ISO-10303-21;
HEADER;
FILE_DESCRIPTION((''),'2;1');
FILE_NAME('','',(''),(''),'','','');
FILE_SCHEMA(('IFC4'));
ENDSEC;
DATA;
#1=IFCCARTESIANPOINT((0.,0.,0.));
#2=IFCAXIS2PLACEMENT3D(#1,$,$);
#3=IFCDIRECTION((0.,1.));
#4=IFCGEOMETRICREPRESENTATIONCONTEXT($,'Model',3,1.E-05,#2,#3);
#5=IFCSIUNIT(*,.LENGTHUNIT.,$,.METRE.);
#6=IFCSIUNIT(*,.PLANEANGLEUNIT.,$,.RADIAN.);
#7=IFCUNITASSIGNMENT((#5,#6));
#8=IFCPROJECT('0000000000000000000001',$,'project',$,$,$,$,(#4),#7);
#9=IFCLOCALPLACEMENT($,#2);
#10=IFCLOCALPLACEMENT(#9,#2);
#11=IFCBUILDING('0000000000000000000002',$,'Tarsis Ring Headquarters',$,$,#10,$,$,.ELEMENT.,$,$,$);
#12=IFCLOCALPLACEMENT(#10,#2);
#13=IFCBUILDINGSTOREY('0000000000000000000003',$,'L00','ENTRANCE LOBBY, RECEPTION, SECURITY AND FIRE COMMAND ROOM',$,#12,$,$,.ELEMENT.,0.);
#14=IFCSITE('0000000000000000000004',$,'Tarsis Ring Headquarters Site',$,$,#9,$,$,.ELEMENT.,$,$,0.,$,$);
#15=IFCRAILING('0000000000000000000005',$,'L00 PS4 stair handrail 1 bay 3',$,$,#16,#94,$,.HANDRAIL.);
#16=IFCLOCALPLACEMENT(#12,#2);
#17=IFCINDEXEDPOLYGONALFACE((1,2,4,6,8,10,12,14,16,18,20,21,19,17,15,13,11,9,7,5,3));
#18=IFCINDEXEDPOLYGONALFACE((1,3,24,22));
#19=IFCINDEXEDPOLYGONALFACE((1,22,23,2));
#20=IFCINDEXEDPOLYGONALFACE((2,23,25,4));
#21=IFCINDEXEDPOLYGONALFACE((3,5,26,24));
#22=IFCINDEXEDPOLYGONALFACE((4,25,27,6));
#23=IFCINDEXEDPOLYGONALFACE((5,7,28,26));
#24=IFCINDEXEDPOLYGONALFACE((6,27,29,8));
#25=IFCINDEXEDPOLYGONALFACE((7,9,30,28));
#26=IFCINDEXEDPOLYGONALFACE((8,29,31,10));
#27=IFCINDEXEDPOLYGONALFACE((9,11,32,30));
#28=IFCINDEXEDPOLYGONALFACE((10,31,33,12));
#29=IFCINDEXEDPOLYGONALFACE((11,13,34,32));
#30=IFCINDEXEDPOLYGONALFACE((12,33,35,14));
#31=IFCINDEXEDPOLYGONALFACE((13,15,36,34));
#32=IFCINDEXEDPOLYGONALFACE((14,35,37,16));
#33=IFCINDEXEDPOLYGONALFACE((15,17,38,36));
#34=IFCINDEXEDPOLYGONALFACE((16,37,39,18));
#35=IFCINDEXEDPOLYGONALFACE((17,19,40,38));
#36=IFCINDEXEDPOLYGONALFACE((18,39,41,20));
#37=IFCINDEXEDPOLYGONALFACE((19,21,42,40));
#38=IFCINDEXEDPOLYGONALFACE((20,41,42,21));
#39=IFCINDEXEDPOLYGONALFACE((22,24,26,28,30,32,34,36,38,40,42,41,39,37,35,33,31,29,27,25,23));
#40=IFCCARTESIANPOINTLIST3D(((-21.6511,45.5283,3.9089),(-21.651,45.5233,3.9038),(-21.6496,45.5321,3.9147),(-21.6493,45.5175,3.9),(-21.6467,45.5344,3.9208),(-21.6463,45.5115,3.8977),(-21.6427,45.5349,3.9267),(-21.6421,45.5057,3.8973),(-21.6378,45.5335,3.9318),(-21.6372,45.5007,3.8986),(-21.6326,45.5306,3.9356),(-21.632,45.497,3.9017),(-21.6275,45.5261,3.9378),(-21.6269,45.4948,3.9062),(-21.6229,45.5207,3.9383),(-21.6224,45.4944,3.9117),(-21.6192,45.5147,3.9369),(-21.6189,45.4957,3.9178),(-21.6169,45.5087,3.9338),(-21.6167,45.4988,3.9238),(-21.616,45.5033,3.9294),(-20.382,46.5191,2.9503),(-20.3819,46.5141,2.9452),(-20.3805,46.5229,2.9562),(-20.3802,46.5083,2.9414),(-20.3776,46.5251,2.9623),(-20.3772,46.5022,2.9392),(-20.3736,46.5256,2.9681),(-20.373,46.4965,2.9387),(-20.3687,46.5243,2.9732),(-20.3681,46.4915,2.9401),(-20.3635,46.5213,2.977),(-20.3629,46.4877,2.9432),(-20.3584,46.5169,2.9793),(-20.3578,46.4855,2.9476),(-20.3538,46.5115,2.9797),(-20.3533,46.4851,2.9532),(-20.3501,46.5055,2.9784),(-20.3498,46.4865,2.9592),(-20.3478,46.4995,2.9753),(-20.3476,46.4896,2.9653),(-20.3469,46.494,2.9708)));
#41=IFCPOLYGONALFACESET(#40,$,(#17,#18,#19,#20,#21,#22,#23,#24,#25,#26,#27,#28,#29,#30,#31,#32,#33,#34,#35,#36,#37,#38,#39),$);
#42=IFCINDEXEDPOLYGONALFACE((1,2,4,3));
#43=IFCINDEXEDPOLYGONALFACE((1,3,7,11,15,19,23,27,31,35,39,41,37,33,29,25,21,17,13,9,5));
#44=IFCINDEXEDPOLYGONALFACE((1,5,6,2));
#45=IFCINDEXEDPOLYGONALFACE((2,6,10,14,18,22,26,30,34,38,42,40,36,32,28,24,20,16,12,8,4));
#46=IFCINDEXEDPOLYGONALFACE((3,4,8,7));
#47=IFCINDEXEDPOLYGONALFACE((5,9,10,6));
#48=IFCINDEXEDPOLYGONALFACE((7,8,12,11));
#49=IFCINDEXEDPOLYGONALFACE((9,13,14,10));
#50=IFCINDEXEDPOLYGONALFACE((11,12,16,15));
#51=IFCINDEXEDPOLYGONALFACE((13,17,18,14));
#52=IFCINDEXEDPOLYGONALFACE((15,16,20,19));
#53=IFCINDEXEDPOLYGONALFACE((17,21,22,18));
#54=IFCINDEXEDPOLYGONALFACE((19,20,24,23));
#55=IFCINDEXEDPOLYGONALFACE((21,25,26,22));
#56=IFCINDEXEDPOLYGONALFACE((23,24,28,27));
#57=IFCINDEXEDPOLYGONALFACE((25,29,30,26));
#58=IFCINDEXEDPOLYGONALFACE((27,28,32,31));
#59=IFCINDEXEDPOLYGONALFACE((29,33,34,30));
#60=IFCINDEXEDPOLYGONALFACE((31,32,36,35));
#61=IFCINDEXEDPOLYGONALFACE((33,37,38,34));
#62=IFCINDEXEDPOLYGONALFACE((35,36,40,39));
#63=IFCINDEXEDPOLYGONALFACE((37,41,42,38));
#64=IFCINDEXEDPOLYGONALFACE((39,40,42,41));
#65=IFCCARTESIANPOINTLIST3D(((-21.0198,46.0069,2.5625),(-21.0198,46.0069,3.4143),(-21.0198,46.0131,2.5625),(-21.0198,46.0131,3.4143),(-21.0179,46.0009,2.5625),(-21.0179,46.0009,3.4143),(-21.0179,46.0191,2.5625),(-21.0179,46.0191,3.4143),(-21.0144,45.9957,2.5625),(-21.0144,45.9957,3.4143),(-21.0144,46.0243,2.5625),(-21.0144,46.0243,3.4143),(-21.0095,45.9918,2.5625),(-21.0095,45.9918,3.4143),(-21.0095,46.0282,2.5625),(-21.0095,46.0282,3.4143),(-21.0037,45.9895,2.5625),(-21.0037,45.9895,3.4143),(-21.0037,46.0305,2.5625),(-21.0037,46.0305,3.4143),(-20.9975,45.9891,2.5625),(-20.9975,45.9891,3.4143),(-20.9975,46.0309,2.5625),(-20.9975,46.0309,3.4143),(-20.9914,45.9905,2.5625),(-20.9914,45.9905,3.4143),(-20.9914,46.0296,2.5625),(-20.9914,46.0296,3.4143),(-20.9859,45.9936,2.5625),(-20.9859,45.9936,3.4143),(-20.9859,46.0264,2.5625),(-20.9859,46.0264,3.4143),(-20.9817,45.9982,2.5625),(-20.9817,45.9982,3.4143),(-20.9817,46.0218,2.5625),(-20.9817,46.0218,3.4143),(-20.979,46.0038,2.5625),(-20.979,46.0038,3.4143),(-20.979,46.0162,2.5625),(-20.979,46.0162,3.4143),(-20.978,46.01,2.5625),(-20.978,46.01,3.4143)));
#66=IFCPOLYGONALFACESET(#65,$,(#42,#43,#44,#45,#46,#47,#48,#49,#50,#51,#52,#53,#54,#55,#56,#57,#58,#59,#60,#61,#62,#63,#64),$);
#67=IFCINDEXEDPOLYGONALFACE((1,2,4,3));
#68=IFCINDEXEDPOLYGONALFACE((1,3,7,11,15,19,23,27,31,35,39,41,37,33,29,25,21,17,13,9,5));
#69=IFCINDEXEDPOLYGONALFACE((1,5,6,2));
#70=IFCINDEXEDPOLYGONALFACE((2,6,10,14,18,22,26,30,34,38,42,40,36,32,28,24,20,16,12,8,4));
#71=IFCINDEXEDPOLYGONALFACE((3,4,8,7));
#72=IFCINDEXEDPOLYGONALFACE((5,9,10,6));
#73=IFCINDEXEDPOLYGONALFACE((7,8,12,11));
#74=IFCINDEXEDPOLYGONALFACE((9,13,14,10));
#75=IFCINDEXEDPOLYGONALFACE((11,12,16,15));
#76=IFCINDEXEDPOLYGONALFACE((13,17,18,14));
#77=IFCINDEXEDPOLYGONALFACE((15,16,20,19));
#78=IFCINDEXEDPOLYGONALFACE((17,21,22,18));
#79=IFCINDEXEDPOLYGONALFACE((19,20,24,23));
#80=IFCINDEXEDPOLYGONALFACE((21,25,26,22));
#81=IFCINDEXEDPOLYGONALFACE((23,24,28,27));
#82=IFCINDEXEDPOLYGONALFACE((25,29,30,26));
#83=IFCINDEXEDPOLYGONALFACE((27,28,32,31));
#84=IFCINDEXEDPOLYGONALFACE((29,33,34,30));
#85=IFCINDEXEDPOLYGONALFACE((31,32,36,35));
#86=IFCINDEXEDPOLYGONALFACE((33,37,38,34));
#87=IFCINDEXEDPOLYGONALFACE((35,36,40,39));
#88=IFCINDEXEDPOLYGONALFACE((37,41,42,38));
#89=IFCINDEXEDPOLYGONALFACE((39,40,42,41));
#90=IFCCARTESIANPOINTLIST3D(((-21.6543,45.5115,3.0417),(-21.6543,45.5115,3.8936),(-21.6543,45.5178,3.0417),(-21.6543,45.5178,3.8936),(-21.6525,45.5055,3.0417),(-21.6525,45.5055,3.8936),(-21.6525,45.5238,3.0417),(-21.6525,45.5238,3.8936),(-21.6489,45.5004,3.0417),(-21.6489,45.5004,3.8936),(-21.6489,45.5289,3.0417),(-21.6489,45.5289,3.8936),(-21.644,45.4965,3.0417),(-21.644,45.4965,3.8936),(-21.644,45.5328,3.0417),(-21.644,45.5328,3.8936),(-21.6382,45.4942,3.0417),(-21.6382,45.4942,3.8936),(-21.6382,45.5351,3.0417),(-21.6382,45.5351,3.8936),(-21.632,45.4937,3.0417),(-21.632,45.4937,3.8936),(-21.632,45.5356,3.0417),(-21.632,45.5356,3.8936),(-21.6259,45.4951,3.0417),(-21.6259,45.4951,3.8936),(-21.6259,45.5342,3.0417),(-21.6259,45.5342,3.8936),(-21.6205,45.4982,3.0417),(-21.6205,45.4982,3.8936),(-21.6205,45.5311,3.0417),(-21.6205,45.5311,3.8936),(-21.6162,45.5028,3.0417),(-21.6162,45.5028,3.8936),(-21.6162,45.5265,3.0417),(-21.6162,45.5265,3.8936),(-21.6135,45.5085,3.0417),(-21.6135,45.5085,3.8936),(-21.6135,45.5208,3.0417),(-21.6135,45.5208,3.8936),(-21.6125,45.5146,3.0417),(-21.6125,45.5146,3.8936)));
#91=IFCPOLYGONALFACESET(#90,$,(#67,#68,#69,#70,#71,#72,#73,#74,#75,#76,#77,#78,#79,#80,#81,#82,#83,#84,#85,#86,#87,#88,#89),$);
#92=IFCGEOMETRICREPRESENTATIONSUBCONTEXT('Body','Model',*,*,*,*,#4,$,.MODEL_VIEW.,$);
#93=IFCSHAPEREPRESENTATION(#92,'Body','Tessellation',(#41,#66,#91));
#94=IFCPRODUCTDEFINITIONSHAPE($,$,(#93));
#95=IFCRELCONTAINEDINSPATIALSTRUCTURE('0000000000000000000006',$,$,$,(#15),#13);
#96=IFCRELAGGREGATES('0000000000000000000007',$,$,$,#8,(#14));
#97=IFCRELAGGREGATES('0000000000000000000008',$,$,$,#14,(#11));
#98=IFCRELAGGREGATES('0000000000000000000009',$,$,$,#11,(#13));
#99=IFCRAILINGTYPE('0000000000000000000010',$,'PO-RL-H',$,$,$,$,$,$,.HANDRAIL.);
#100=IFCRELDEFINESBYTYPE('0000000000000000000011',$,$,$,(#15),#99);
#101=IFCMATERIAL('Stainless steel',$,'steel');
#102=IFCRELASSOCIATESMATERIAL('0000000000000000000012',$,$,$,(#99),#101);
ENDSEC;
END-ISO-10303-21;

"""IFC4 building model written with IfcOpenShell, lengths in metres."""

from ifc_helpers import new_model, si_unit, direction, frame, origin, origin_2d, place, context, subcontext, project, spatial, circle, extrude, material, type_object, element, save


model = new_model("IFC4")

# Units and contexts
model_context = context("Model", 3, precision=1e-05, world=origin(), true_north=direction((0.0, 1.0)))
body_context = subcontext(model_context, "Body", "Model", "MODEL_VIEW")
ifc_project = project(units=[si_unit("LENGTHUNIT", "METRE"), si_unit("PLANEANGLEUNIT", "RADIAN")], contexts=[model_context])

# Site, building, storey
site_placement = place(None, origin())
site = spatial("IfcSite", under=ifc_project, at=site_placement, Name="Tarsis Ring Headquarters Site", CompositionType="ELEMENT", RefElevation=0.0)
building_placement = place(site_placement, origin())
building = spatial("IfcBuilding", under=site, at=building_placement, Name="Tarsis Ring Headquarters", CompositionType="ELEMENT")
storey_placement = place(building_placement, origin())
storey = spatial("IfcBuildingStorey", under=building, at=storey_placement, Name="L00", Description="ENTRANCE LOBBY, RECEPTION, SECURITY AND FIRE COMMAND ROOM", CompositionType="ELEMENT", Elevation=0.0)

# Railing
ifc_material_1 = material(Name="Stainless steel", Category="steel")
railing_type_1 = type_object("IfcRailingType", Name="PO-RL-H", PredefinedType="HANDRAIL", material=ifc_material_1)
railing_1_placement = place(storey_placement, frame((-20.3645, 46.5054, 2.0833)))
element("IfcRailing", 1, at=railing_1_placement, inside=storey, type_object=railing_type_1, Name="L00 PS4 stair handrail 1 bay 3", PredefinedType="HANDRAIL", context=body_context, shape_type="SweptSolid", body=[
    extrude(circle(Radius=0.0239, at=origin_2d()), frame((0.0, 0.0, 0.876), z_axis=(-0.677296, -0.528755, 0.511555), x_axis=(0.615367, -0.78824, 0.0)), (0.0, 0.0, 1.0), 1.8738),
    extrude(circle(Radius=0.021, at=origin_2d()), frame((-0.6345, -0.4954, 0.4792)), (0.0, 0.0, 1.0), 0.8518),
    extrude(circle(Radius=0.021, at=origin_2d()), frame((-1.269, -0.9907, 0.9585)), (0.0, 0.0, 1.0), 0.8518),
])

save(model, "model.ifc")
